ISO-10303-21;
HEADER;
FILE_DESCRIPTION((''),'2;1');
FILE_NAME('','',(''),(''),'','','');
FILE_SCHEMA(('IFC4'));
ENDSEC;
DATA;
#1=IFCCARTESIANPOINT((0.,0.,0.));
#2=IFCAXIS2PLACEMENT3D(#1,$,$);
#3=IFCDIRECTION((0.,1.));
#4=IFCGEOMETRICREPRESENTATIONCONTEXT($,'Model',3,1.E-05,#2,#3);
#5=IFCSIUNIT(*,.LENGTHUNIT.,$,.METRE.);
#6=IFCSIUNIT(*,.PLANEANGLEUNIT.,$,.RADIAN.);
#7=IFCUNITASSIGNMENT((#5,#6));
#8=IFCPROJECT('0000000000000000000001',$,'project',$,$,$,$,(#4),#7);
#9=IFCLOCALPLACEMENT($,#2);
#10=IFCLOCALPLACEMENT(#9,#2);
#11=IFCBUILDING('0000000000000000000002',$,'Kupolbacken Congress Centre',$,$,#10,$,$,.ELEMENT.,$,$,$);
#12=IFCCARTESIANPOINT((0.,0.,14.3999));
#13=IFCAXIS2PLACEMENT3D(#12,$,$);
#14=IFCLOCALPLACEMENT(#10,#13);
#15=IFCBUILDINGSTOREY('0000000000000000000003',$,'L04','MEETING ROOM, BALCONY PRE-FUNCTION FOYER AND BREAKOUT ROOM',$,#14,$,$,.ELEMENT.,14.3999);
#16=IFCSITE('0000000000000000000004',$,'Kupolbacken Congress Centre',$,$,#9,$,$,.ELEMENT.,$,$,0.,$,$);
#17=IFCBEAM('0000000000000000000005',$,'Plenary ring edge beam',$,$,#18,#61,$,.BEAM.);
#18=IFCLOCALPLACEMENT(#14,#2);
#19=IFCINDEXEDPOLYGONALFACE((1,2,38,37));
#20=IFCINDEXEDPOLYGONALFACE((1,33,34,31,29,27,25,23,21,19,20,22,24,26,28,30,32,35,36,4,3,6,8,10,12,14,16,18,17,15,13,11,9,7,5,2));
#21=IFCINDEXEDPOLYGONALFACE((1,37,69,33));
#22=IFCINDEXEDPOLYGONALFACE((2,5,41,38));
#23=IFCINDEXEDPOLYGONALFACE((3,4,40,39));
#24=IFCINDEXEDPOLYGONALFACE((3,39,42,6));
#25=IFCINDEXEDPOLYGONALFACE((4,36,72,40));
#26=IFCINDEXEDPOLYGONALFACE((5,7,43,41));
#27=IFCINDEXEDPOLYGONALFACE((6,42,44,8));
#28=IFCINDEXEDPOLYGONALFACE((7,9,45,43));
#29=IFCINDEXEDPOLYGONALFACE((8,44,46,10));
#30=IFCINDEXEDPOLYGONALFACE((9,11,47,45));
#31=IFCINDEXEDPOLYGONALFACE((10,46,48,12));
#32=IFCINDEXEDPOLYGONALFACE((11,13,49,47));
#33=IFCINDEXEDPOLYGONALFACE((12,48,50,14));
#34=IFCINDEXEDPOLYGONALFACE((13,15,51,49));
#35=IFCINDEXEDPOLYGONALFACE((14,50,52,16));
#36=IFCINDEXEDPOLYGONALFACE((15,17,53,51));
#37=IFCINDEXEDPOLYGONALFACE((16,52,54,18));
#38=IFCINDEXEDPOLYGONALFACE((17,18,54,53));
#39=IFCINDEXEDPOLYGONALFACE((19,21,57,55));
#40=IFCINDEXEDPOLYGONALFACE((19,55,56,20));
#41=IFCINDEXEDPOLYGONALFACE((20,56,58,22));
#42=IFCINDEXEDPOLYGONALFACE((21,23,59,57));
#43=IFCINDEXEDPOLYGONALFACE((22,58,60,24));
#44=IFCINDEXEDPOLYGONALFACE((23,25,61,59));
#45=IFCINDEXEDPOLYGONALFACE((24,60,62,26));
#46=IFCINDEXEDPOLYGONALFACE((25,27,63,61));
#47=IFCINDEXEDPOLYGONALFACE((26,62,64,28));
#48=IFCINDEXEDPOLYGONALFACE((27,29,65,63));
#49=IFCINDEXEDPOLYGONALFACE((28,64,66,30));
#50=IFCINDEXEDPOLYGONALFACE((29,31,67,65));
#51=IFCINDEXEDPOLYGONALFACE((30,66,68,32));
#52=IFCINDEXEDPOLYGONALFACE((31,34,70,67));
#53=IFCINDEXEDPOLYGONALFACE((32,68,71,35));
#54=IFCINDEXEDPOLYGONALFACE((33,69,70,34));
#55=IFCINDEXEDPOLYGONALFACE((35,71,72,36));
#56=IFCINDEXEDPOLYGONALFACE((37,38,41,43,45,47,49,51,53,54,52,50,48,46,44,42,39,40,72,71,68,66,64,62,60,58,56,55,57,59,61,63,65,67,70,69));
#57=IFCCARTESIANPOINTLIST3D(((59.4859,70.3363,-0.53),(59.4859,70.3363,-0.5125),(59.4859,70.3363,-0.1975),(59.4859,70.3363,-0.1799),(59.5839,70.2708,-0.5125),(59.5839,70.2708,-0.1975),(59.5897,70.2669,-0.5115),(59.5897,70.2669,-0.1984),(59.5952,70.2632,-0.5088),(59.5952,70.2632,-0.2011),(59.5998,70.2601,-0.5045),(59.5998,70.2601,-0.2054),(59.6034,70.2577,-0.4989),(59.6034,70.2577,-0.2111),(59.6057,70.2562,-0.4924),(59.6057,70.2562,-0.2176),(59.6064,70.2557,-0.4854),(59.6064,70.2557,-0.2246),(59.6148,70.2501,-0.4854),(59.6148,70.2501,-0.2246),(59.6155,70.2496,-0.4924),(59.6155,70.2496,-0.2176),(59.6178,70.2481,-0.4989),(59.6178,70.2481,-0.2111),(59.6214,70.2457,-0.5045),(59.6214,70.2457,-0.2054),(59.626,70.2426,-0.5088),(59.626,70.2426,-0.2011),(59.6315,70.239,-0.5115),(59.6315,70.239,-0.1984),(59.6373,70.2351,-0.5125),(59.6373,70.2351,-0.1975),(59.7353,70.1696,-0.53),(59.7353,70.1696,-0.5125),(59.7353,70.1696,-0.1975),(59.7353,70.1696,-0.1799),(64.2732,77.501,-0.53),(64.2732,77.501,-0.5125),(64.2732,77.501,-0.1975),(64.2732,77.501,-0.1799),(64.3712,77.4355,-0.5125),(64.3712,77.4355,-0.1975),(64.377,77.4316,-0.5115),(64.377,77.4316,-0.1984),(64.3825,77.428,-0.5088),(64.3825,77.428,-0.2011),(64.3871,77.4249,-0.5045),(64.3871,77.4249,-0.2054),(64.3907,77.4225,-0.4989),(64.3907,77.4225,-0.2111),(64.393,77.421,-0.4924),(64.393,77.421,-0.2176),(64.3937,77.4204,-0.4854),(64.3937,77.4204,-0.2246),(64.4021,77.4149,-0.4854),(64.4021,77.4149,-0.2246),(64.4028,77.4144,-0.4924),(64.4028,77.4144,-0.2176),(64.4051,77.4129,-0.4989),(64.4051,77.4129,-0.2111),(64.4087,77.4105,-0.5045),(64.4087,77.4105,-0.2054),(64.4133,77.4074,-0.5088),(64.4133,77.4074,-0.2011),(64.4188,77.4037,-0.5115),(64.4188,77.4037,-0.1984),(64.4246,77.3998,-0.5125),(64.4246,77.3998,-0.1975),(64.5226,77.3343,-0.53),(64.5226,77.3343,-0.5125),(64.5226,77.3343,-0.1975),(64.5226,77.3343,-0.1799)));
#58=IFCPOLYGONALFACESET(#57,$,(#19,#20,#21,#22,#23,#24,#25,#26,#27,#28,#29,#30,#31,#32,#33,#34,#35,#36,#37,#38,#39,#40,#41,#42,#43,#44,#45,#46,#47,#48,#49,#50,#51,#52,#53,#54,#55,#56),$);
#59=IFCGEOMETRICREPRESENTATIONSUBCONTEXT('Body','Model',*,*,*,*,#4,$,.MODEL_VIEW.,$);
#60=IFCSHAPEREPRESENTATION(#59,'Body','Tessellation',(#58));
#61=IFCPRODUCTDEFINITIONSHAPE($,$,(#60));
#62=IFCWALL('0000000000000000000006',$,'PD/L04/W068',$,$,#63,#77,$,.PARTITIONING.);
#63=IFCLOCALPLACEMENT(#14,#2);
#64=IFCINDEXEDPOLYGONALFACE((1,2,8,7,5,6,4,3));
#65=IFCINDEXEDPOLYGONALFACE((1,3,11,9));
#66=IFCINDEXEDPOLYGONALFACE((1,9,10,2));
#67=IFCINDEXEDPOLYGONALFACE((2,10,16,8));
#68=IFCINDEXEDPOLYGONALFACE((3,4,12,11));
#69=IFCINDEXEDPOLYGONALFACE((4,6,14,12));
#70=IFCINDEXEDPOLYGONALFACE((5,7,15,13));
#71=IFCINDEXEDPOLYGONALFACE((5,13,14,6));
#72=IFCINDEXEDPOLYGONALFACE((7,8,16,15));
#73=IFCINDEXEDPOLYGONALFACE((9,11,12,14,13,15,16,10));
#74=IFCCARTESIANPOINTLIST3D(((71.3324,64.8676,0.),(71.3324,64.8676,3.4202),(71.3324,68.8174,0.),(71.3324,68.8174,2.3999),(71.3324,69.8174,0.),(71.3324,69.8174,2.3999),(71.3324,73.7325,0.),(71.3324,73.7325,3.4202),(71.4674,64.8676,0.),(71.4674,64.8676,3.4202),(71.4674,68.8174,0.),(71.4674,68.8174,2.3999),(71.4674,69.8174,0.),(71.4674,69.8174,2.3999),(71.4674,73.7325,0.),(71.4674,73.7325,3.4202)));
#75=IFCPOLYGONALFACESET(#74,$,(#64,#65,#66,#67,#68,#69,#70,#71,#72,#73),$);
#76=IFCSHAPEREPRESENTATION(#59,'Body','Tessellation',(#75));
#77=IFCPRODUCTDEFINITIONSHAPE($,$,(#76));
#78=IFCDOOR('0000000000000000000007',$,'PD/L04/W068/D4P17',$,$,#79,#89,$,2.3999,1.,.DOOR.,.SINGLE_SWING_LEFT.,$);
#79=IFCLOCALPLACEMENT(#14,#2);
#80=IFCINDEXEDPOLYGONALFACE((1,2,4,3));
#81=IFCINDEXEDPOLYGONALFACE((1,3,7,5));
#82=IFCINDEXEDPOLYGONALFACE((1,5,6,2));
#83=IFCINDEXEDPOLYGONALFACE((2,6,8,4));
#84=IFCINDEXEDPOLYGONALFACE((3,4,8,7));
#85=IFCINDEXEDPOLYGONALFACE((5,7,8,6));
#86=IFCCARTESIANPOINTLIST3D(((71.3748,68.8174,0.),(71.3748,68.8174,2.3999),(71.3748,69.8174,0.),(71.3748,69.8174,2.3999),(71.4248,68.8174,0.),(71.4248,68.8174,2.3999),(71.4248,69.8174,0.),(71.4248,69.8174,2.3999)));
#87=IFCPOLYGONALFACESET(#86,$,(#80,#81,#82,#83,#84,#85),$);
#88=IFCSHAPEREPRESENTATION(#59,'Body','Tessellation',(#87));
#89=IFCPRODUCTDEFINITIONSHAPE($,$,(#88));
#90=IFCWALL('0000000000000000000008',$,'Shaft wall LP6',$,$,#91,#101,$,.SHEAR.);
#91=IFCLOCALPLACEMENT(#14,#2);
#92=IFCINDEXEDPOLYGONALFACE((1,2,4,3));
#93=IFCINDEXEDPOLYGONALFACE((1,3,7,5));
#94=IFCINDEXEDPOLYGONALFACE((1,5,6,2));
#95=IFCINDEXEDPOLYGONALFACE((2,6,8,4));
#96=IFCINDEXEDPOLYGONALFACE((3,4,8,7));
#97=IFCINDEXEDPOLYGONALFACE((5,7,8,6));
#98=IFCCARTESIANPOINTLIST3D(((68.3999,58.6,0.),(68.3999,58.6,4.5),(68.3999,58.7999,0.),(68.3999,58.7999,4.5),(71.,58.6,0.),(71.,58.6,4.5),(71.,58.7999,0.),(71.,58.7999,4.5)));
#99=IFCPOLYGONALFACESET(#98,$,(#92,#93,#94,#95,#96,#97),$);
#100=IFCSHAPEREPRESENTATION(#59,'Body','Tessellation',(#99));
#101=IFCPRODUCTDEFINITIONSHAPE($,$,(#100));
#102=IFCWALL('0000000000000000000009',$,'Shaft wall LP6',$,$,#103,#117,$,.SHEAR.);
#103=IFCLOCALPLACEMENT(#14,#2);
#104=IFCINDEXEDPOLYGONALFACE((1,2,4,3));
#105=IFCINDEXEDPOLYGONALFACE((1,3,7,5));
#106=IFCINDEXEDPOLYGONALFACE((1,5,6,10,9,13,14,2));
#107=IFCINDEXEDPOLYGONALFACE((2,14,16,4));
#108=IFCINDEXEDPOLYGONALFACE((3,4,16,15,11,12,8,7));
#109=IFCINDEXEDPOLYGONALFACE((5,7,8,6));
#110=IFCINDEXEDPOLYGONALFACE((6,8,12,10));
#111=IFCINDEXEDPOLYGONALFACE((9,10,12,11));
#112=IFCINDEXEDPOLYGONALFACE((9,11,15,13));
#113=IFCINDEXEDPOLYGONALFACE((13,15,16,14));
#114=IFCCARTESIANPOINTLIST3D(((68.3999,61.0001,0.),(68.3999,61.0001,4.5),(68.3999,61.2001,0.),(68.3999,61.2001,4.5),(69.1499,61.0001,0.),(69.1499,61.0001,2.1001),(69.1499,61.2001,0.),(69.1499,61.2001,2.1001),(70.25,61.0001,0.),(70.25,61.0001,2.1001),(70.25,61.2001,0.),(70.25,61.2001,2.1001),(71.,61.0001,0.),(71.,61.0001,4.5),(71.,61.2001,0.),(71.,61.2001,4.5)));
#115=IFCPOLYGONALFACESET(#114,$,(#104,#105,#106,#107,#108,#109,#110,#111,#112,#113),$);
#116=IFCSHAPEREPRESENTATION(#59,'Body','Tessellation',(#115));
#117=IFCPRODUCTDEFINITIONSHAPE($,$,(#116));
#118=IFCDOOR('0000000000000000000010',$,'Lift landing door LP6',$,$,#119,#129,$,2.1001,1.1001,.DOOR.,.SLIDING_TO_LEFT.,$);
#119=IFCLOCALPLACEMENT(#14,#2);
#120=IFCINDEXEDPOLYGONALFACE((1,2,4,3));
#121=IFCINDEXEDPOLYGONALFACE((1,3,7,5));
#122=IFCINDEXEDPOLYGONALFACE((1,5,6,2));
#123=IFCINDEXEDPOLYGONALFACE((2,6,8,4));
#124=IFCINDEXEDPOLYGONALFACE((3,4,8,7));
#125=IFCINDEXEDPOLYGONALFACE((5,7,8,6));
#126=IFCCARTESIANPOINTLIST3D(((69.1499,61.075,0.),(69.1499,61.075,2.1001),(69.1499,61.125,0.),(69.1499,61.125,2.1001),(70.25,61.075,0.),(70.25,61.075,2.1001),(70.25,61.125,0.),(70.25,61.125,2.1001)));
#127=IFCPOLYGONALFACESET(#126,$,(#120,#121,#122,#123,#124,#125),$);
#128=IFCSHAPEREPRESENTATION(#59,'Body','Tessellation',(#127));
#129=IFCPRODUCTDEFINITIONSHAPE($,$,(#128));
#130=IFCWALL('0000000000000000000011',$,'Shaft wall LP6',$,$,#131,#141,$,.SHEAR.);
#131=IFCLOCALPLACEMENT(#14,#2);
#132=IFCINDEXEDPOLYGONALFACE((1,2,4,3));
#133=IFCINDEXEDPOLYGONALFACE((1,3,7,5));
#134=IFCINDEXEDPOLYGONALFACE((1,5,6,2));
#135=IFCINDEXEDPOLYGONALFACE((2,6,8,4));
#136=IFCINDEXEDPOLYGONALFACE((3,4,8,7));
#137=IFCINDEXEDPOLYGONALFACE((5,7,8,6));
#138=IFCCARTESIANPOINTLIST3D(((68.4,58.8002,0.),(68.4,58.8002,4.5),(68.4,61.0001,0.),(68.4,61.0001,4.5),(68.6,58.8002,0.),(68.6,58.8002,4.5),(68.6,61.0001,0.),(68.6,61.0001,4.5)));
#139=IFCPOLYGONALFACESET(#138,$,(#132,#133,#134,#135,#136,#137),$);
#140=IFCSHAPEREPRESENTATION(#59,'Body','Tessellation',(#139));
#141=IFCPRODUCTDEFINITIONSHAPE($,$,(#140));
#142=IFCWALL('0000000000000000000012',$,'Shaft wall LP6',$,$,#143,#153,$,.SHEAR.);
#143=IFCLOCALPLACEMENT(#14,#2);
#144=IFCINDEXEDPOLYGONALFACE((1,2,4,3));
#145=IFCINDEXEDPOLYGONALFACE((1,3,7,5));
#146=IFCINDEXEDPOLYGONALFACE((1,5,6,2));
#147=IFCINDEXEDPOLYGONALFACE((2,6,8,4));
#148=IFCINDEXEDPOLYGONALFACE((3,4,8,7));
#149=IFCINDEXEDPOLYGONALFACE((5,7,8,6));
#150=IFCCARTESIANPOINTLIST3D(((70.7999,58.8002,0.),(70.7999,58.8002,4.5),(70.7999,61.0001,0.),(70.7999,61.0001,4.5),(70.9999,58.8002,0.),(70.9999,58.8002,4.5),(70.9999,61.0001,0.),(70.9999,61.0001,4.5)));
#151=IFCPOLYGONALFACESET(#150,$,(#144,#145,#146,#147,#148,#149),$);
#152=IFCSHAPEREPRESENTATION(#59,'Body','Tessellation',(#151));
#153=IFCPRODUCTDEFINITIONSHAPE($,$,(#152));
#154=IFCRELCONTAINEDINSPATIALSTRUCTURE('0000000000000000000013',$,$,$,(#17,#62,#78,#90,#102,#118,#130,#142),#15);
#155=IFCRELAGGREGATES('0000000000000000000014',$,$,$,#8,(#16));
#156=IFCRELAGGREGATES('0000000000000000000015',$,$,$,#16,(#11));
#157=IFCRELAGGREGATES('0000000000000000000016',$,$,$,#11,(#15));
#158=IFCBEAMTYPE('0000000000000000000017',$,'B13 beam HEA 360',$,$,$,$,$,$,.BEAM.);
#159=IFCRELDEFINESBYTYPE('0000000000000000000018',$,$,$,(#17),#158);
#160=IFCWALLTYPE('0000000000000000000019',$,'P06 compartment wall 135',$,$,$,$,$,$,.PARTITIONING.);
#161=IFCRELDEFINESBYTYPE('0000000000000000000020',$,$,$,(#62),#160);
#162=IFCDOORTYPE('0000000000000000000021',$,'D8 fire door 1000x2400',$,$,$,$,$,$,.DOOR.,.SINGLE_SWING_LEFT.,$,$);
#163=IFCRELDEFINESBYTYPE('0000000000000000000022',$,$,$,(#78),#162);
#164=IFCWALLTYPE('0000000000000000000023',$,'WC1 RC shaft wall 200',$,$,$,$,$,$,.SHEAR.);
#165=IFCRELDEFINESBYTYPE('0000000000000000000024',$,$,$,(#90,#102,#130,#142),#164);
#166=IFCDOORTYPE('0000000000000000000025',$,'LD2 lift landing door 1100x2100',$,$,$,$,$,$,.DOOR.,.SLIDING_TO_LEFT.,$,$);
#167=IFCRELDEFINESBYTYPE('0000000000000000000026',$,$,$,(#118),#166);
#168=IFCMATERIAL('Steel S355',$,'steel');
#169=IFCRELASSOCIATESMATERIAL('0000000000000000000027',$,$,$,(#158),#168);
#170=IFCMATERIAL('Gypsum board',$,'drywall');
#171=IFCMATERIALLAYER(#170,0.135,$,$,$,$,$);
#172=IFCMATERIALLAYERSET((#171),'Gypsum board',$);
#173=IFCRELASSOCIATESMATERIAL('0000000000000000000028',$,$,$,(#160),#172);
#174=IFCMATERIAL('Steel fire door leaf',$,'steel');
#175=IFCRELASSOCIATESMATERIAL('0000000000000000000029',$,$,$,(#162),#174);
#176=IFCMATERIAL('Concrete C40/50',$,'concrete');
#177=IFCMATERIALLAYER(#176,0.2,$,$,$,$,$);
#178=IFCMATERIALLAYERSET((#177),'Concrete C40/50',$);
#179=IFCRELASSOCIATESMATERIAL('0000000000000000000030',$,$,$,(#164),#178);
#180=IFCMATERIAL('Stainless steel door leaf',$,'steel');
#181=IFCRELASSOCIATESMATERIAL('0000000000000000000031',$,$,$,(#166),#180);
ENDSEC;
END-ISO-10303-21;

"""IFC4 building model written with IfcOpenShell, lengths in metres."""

from ifc_helpers import new_model, si_unit, direction, frame, frame_2d, origin, origin_2d, place, context, subcontext, project, spatial, rectangle, i_section, extrude, material, layer, layer_set, material_profile, profile_set, type_object, element, fill, save


model = new_model("IFC4")

# Units and contexts
model_context = context("Model", 3, precision=1e-05, world=origin(), true_north=direction((0.0, 1.0)))
body_context = subcontext(model_context, "Body", "Model", "MODEL_VIEW")
ifc_project = project(units=[si_unit("LENGTHUNIT", "METRE"), si_unit("PLANEANGLEUNIT", "RADIAN")], contexts=[model_context])

# Site, building, storey
site_placement = place(None, origin())
site = spatial("IfcSite", under=ifc_project, at=site_placement, Name="Kupolbacken Congress Centre", CompositionType="ELEMENT", RefElevation=0.0)
building_placement = place(site_placement, origin())
building = spatial("IfcBuilding", under=site, at=building_placement, Name="Kupolbacken Congress Centre", CompositionType="ELEMENT")
storey_placement = place(building_placement, frame((0.0, 0.0, 14.3999)))
storey = spatial("IfcBuildingStorey", under=building, at=storey_placement, Name="L04", Description="MEETING ROOM, BALCONY PRE-FUNCTION FOYER AND BREAKOUT ROOM", CompositionType="ELEMENT", Elevation=14.3999)

# Beam
ifc_material_1 = material(Name="Steel S355", Category="steel")
ifc_material_profile_1 = material_profile(ifc_material_1, i_section(OverallWidth=0.3, OverallDepth=0.3501, WebThickness=0.01, FlangeThickness=0.0176, FilletRadius=0.0271, at=origin_2d()), Name="HEA 360")
ifc_profile_set_1 = profile_set([ifc_material_profile_1], Name="Steel S355")
beam_type_1 = type_object("IfcBeamType", Name="B13 beam HEA 360", PredefinedType="BEAM", material=ifc_profile_set_1)
beam_1_placement = place(storey_placement, frame((59.6106, 70.2529, -0.355), z_axis=(0.555569, 0.83147, 0.0), x_axis=(-0.83147, 0.555569, 0.0)))
element("IfcBeam", 1, at=beam_1_placement, inside=storey, type_object=beam_type_1, Name="Plenary ring edge beam", PredefinedType="BEAM", context=body_context, shape_type="SweptSolid", body=[
    extrude(i_section(OverallWidth=0.3, OverallDepth=0.3501, WebThickness=0.01, FlangeThickness=0.0176, FilletRadius=0.0271, at=origin_2d()), origin(), (0.0, 0.0, 1.0), 8.6169),
])

# Wall, opening, door
ifc_material_2 = material(Name="Gypsum board", Category="drywall")
ifc_layer_1 = layer(ifc_material_2, 0.135)
ifc_layer_set_1 = layer_set([ifc_layer_1], Name="Gypsum board")
wall_type_1 = type_object("IfcWallType", Name="P06 compartment wall 135", PredefinedType="PARTITIONING", material=ifc_layer_set_1)
wall_1_placement = place(storey_placement, frame((71.3999, 64.8674, 0.0), z_axis=(0.0, 0.0, 1.0), x_axis=(0.0, 1.0, 0.0)))
wall_1 = element("IfcWall", 2, at=wall_1_placement, inside=storey, type_object=wall_type_1, Name="PD/L04/W068", PredefinedType="PARTITIONING", context=body_context, shape_type="SweptSolid", body=[
    extrude(rectangle(XDim=8.865, YDim=0.135, at=frame_2d((4.4326, 0.0))), origin(), (0.0, 0.0, 1.0), 3.4202),
])
opening_1_placement = place(wall_1_placement, frame((3.95, 0.0, 0.0)))
opening_1 = element("IfcOpeningElement", 3, at=opening_1_placement, cuts=wall_1, PredefinedType="OPENING", context=body_context, shape_type="SweptSolid", body=[
    extrude(rectangle(XDim=1.0, YDim=2.3999, at=frame_2d((0.5, 1.2))), frame((0.0, 0.0774, 0.0), z_axis=(0.0, -1.0, 0.0), x_axis=(1.0, 0.0, 0.0)), (0.0, 0.0, 1.0), 0.155),
])
ifc_material_3 = material(Name="Steel fire door leaf", Category="steel")
door_type_1 = type_object("IfcDoorType", Name="D8 fire door 1000x2400", OperationType="SINGLE_SWING_LEFT", PredefinedType="DOOR", material=ifc_material_3)
door_1_placement = place(opening_1_placement, frame((1.0, 0.0, 0.0), z_axis=(0.0, 0.0, 1.0), x_axis=(-1.0, 0.0, 0.0)))
door_1 = element("IfcDoor", 4, at=door_1_placement, inside=storey, type_object=door_type_1, Name="PD/L04/W068/D4P17", OperationType="SINGLE_SWING_LEFT", OverallHeight=2.3999, OverallWidth=1.0, PredefinedType="DOOR", context=body_context, shape_type="SweptSolid", body=[
    extrude(rectangle(XDim=1.0, YDim=2.3999, at=frame_2d((0.5, 1.2))), frame((0.0, 0.0249, 0.0), z_axis=(0.0, -1.0, 0.0), x_axis=(1.0, 0.0, 0.0)), (0.0, 0.0, 1.0), 0.05),
])
fill(opening_1, door_1)

# Wall
ifc_material_4 = material(Name="Concrete C40/50", Category="concrete")
ifc_layer_2 = layer(ifc_material_4, 0.2)
ifc_layer_set_2 = layer_set([ifc_layer_2], Name="Concrete C40/50")
wall_type_2 = type_object("IfcWallType", Name="WC1 RC shaft wall 200", PredefinedType="SHEAR", material=ifc_layer_set_2)
wall_2_placement = place(storey_placement, frame((68.3999, 58.7, 0.0), z_axis=(0.0, 0.0, 1.0), x_axis=(1.0, 0.0, 0.0)))
element("IfcWall", 5, at=wall_2_placement, inside=storey, type_object=wall_type_2, Name="Shaft wall LP6", PredefinedType="SHEAR", context=body_context, shape_type="SweptSolid", body=[
    extrude(rectangle(XDim=2.6001, YDim=0.2, at=frame_2d((1.3, 0.0))), origin(), (0.0, 0.0, 1.0), 4.5),
])

# Wall, opening, door
wall_3_placement = place(storey_placement, frame((68.3999, 61.1001, 0.0), z_axis=(0.0, 0.0, 1.0), x_axis=(1.0, 0.0, 0.0)))
wall_3 = element("IfcWall", 6, at=wall_3_placement, inside=storey, type_object=wall_type_2, Name="Shaft wall LP6", PredefinedType="SHEAR", context=body_context, shape_type="SweptSolid", body=[
    extrude(rectangle(XDim=2.6001, YDim=0.2, at=frame_2d((1.3, 0.0))), origin(), (0.0, 0.0, 1.0), 4.5),
])
opening_2_placement = place(wall_3_placement, frame((0.75, 0.0, 0.0)))
opening_2 = element("IfcOpeningElement", 7, at=opening_2_placement, cuts=wall_3, PredefinedType="OPENING", context=body_context, shape_type="SweptSolid", body=[
    extrude(rectangle(XDim=1.1001, YDim=2.1001, at=frame_2d((0.55, 1.05))), frame((0.0, 0.1099, 0.0), z_axis=(0.0, -1.0, 0.0), x_axis=(1.0, 0.0, 0.0)), (0.0, 0.0, 1.0), 0.22),
])
ifc_material_5 = material(Name="Stainless steel door leaf", Category="steel")
door_type_2 = type_object("IfcDoorType", Name="LD2 lift landing door 1100x2100", OperationType="SLIDING_TO_LEFT", PredefinedType="DOOR", material=ifc_material_5)
door_2_placement = place(opening_2_placement, origin())
door_2 = element("IfcDoor", 8, at=door_2_placement, inside=storey, type_object=door_type_2, Name="Lift landing door LP6", OperationType="SLIDING_TO_LEFT", OverallHeight=2.1001, OverallWidth=1.1001, PredefinedType="DOOR", context=body_context, shape_type="SweptSolid", body=[
    extrude(rectangle(XDim=1.1001, YDim=2.1001, at=frame_2d((0.55, 1.05))), frame((0.0, 0.0249, 0.0), z_axis=(0.0, -1.0, 0.0), x_axis=(1.0, 0.0, 0.0)), (0.0, 0.0, 1.0), 0.05),
])
fill(opening_2, door_2)

# Walls
for number, where, z_axis, x_axis, name in (
    (9, (68.5, 58.8, 0.0), (0.0, 0.0, 1.0), (0.0, 1.0, 0.0), "Shaft wall LP6"),
    (10, (70.8999, 58.8, 0.0), (0.0, 0.0, 1.0), (0.0, 1.0, 0.0), "Shaft wall LP6"),
):
    element("IfcWall", number, at=place(storey_placement, frame(where, z_axis=z_axis, x_axis=x_axis)), inside=storey, type_object=wall_type_2, Name=name, PredefinedType="SHEAR", context=body_context, shape_type="SweptSolid", body=[
        extrude(rectangle(XDim=2.2, YDim=0.2, at=frame_2d((1.1001, 0.0))), origin(), (0.0, 0.0, 1.0), 4.5),
    ])

save(model, "model.ifc")
